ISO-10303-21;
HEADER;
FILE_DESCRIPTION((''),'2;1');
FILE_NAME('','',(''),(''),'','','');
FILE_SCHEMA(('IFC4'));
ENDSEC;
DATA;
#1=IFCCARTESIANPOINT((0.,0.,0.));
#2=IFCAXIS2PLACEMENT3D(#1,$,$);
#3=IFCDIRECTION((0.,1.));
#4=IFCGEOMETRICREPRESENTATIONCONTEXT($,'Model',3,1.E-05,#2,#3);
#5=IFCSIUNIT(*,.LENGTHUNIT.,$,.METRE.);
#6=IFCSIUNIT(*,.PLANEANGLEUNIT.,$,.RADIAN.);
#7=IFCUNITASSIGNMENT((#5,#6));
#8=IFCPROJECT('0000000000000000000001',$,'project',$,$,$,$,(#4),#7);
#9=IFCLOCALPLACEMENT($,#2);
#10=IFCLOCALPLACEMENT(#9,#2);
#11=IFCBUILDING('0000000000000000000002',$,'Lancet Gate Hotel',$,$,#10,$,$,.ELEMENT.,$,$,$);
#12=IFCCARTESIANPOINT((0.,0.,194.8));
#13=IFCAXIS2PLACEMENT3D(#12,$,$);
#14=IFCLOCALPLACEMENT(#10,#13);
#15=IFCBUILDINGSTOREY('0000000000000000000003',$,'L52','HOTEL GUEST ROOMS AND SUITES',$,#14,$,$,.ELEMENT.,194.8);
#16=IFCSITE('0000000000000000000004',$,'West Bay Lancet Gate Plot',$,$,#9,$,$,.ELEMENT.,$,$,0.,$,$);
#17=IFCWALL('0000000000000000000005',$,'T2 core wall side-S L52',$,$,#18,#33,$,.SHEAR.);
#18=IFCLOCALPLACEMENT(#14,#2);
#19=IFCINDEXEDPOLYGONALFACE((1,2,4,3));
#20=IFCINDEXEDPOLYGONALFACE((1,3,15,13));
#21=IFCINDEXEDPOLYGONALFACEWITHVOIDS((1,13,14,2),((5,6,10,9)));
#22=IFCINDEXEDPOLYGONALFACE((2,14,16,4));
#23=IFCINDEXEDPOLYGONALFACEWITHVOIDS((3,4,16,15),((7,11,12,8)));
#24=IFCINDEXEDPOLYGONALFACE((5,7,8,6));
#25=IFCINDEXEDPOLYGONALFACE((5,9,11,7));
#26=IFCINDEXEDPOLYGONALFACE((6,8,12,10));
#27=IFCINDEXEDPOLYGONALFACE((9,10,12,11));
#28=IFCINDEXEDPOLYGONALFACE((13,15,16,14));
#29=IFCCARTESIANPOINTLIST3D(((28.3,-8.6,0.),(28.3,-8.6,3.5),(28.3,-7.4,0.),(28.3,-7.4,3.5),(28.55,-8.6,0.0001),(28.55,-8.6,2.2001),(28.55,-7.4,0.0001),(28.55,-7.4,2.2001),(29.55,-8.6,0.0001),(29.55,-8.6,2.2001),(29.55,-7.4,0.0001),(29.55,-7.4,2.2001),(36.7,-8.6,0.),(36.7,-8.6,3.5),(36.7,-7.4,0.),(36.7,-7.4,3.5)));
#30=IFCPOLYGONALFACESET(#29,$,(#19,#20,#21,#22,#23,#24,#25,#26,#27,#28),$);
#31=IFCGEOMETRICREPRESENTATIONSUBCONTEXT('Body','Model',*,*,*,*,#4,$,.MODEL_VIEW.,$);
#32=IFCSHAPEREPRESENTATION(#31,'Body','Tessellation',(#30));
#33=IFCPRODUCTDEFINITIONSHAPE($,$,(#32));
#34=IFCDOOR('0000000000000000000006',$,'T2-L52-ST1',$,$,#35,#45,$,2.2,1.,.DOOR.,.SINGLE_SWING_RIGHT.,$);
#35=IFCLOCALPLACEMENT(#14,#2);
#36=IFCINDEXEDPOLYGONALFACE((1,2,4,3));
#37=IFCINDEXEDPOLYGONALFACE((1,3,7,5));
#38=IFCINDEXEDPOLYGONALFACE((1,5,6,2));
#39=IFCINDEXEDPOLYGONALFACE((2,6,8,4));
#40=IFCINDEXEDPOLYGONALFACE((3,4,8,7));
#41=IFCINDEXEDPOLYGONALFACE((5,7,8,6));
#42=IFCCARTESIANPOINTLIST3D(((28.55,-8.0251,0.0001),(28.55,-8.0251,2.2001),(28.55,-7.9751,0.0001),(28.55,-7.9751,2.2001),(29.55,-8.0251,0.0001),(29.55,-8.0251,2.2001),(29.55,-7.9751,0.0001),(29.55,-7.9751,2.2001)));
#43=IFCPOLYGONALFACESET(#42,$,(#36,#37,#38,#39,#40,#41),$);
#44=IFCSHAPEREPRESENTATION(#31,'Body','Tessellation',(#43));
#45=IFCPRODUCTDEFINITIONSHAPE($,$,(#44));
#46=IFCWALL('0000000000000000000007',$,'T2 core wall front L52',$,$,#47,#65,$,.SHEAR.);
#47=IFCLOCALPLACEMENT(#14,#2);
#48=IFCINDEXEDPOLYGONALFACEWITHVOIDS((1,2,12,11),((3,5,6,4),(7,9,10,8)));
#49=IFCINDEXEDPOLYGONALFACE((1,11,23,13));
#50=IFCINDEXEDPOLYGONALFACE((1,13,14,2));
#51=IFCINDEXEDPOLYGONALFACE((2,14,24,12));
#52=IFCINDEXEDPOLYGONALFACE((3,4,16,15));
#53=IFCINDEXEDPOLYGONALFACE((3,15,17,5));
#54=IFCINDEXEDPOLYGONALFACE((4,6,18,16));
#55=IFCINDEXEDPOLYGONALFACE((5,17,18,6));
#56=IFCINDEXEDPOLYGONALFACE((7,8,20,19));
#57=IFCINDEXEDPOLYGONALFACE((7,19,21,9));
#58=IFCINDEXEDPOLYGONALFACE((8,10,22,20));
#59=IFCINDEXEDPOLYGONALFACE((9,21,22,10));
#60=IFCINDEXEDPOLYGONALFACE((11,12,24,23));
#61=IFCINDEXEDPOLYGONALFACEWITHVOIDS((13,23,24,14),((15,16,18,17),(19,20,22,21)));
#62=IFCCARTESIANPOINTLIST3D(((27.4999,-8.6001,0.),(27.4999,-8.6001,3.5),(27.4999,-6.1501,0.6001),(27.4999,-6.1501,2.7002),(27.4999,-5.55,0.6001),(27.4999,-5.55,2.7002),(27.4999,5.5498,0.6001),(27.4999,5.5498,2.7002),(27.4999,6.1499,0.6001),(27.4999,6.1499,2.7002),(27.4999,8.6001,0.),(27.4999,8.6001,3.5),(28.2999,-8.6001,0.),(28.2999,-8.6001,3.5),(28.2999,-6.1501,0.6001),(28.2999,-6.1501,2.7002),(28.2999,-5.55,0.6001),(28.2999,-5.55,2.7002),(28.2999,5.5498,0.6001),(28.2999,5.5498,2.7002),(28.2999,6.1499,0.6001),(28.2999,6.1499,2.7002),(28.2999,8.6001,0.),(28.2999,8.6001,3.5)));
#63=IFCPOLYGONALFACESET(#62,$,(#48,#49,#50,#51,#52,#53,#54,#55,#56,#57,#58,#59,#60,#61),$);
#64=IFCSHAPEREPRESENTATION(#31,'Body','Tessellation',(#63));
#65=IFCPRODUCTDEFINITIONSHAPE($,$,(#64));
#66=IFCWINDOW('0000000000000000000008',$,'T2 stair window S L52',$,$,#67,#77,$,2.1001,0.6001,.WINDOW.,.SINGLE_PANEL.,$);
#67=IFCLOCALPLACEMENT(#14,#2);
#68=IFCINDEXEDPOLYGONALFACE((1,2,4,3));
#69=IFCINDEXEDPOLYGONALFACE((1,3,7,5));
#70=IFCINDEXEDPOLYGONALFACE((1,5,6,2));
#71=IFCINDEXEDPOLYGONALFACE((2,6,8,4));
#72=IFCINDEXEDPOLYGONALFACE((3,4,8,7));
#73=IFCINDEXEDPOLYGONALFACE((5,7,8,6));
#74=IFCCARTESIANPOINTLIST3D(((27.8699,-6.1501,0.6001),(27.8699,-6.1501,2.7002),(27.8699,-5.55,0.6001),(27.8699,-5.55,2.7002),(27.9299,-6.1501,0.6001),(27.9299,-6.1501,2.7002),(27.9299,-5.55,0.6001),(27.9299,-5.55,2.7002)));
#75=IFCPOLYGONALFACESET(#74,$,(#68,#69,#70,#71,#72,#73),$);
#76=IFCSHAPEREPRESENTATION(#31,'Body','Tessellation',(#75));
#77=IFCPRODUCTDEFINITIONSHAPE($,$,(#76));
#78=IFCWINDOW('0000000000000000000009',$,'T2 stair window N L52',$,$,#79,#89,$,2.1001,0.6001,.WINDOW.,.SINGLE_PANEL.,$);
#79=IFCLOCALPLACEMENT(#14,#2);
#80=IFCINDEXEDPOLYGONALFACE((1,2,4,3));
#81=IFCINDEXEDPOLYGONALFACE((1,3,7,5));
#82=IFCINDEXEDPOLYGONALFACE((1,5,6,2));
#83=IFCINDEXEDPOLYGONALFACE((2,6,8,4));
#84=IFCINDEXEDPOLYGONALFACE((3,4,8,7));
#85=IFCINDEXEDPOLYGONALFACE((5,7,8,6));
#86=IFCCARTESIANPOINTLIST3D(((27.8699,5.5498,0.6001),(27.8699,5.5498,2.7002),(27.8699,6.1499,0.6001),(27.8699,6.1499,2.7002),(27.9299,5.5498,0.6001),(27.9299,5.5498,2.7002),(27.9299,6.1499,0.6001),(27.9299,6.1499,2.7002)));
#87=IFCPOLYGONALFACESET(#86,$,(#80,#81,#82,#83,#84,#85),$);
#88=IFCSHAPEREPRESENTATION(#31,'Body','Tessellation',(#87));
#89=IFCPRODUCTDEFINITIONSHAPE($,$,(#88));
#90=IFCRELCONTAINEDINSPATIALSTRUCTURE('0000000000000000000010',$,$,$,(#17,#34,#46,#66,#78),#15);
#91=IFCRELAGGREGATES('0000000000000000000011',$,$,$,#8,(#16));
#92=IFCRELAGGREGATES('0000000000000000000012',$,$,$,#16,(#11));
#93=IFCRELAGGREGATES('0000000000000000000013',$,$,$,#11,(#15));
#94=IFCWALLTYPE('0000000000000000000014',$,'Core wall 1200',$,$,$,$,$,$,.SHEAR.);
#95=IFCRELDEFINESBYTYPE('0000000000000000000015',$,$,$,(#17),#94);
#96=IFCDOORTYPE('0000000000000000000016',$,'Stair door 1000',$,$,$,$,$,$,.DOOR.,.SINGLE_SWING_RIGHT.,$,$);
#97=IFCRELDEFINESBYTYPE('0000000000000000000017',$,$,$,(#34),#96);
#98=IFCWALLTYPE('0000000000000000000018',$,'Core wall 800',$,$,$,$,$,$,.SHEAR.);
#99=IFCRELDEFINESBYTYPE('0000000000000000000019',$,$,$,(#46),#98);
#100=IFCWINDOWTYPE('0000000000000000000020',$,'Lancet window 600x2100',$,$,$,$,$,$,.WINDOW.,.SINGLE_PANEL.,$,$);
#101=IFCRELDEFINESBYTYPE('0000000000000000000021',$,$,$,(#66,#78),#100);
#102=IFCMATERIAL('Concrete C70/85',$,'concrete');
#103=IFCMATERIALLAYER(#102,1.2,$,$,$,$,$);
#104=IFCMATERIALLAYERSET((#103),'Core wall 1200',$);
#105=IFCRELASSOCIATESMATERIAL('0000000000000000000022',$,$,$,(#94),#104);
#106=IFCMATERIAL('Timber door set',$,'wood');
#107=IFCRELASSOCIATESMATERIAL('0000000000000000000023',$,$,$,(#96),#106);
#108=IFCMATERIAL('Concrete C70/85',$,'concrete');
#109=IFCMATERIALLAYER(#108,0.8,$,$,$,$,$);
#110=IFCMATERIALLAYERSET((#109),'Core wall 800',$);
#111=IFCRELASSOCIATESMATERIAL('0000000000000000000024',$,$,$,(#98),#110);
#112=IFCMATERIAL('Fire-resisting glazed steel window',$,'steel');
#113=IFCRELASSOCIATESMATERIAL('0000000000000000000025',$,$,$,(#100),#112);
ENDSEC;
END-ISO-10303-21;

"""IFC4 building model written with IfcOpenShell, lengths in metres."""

from ifc_helpers import new_model, si_unit, direction, frame, frame_2d, origin, place, context, subcontext, project, spatial, rectangle, extrude, material, layer, layer_set, type_object, element, fill, save


model = new_model("IFC4")

# Units and contexts
model_context = context("Model", 3, precision=1e-05, world=origin(), true_north=direction((0.0, 1.0)))
body_context = subcontext(model_context, "Body", "Model", "MODEL_VIEW")
ifc_project = project(units=[si_unit("LENGTHUNIT", "METRE"), si_unit("PLANEANGLEUNIT", "RADIAN")], contexts=[model_context])

# Site, building, storey
site_placement = place(None, origin())
site = spatial("IfcSite", under=ifc_project, at=site_placement, Name="West Bay Lancet Gate Plot", CompositionType="ELEMENT", RefElevation=0.0)
building_placement = place(site_placement, origin())
building = spatial("IfcBuilding", under=site, at=building_placement, Name="Lancet Gate Hotel", CompositionType="ELEMENT")
storey_placement = place(building_placement, frame((0.0, 0.0, 194.8)))
storey = spatial("IfcBuildingStorey", under=building, at=storey_placement, Name="L52", Description="HOTEL GUEST ROOMS AND SUITES", CompositionType="ELEMENT", Elevation=194.8)

# Wall, opening, door
ifc_material_1 = material(Name="Concrete C70/85", Category="concrete")
ifc_layer_1 = layer(ifc_material_1, 1.2)
ifc_layer_set_1 = layer_set([ifc_layer_1], Name="Core wall 1200")
wall_type_1 = type_object("IfcWallType", Name="Core wall 1200", PredefinedType="SHEAR", material=ifc_layer_set_1)
wall_1_placement = place(storey_placement, frame((28.3, -8.0, 0.0), z_axis=(0.0, 0.0, 1.0), x_axis=(1.0, 0.0, 0.0)))
wall_1 = element("IfcWall", 1, at=wall_1_placement, inside=storey, type_object=wall_type_1, Name="T2 core wall side-S L52", PredefinedType="SHEAR", context=body_context, shape_type="SweptSolid", body=[
    extrude(rectangle(XDim=8.3999, YDim=1.2, at=frame_2d((4.2, 0.0))), origin(), (0.0, 0.0, 1.0), 3.5),
])
opening_1_placement = place(wall_1_placement, frame((0.25, 0.0, 0.0)))
opening_1 = element("IfcOpeningElement", 2, at=opening_1_placement, cuts=wall_1, PredefinedType="OPENING", context=body_context, shape_type="SweptSolid", body=[
    extrude(rectangle(XDim=1.0, YDim=2.2, at=frame_2d((0.5, 1.1001))), frame((0.0, 0.6099, 0.0), z_axis=(0.0, -1.0, 0.0), x_axis=(1.0, 0.0, 0.0)), (0.0, 0.0, 1.0), 1.22),
])
ifc_material_2 = material(Name="Timber door set", Category="wood")
door_type_1 = type_object("IfcDoorType", Name="Stair door 1000", OperationType="SINGLE_SWING_RIGHT", PredefinedType="DOOR", material=ifc_material_2)
door_1_placement = place(opening_1_placement, origin())
door_1 = element("IfcDoor", 3, at=door_1_placement, inside=storey, type_object=door_type_1, Name="T2-L52-ST1", OperationType="SINGLE_SWING_RIGHT", OverallHeight=2.2, OverallWidth=1.0, PredefinedType="DOOR", context=body_context, shape_type="SweptSolid", body=[
    extrude(rectangle(XDim=1.0, YDim=2.2, at=frame_2d((0.5, 1.1001))), frame((0.0, 0.0249, 0.0), z_axis=(0.0, -1.0, 0.0), x_axis=(1.0, 0.0, 0.0)), (0.0, 0.0, 1.0), 0.05),
])
fill(opening_1, door_1)

# Wall, openings, windows
ifc_material_3 = material(Name="Concrete C70/85", Category="concrete")
ifc_layer_2 = layer(ifc_material_3, 0.8)
ifc_layer_set_2 = layer_set([ifc_layer_2], Name="Core wall 800")
wall_type_2 = type_object("IfcWallType", Name="Core wall 800", PredefinedType="SHEAR", material=ifc_layer_set_2)
wall_2_placement = place(storey_placement, frame((27.8999, -8.6001, 0.0), z_axis=(0.0, 0.0, 1.0), x_axis=(0.0, 1.0, 0.0)))
wall_2 = element("IfcWall", 4, at=wall_2_placement, inside=storey, type_object=wall_type_2, Name="T2 core wall front L52", PredefinedType="SHEAR", context=body_context, shape_type="SweptSolid", body=[
    extrude(rectangle(XDim=17.2002, YDim=0.8, at=frame_2d((8.6001, 0.0))), origin(), (0.0, 0.0, 1.0), 3.5),
])
opening_2_placement = place(wall_2_placement, frame((2.45, 0.0, 0.6001)))
opening_2 = element("IfcOpeningElement", 5, at=opening_2_placement, cuts=wall_2, PredefinedType="OPENING", context=body_context, shape_type="SweptSolid", body=[
    extrude(rectangle(XDim=0.6001, YDim=2.1001, at=frame_2d((0.3, 1.05))), frame((0.0, 0.4099, 0.0), z_axis=(0.0, -1.0, 0.0), x_axis=(1.0, 0.0, 0.0)), (0.0, 0.0, 1.0), 0.8201),
])
opening_3_placement = place(wall_2_placement, frame((14.1499, 0.0, 0.6001)))
opening_3 = element("IfcOpeningElement", 6, at=opening_3_placement, cuts=wall_2, PredefinedType="OPENING", context=body_context, shape_type="SweptSolid", body=[
    extrude(rectangle(XDim=0.6001, YDim=2.1001, at=frame_2d((0.3, 1.05))), frame((0.0, 0.4099, 0.0), z_axis=(0.0, -1.0, 0.0), x_axis=(1.0, 0.0, 0.0)), (0.0, 0.0, 1.0), 0.8201),
])
ifc_material_4 = material(Name="Fire-resisting glazed steel window", Category="steel")
window_type = type_object("IfcWindowType", Name="Lancet window 600x2100", PartitioningType="SINGLE_PANEL", PredefinedType="WINDOW", material=ifc_material_4)
window_1_placement = place(opening_2_placement, origin())
window_1 = element("IfcWindow", 7, at=window_1_placement, inside=storey, type_object=window_type, Name="T2 stair window S L52", OverallHeight=2.1001, OverallWidth=0.6001, PartitioningType="SINGLE_PANEL", PredefinedType="WINDOW", context=body_context, shape_type="SweptSolid", body=[
    extrude(rectangle(XDim=0.6001, YDim=2.1001, at=frame_2d((0.3, 1.05))), frame((0.0, 0.03, 0.0), z_axis=(0.0, -1.0, 0.0), x_axis=(1.0, 0.0, 0.0)), (0.0, 0.0, 1.0), 0.0601),
])
fill(opening_2, window_1)
window_2_placement = place(opening_3_placement, origin())
window_2 = element("IfcWindow", 8, at=window_2_placement, inside=storey, type_object=window_type, Name="T2 stair window N L52", OverallHeight=2.1001, OverallWidth=0.6001, PartitioningType="SINGLE_PANEL", PredefinedType="WINDOW", context=body_context, shape_type="SweptSolid", body=[
    extrude(rectangle(XDim=0.6001, YDim=2.1001, at=frame_2d((0.3, 1.05))), frame((0.0, 0.03, 0.0), z_axis=(0.0, -1.0, 0.0), x_axis=(1.0, 0.0, 0.0)), (0.0, 0.0, 1.0), 0.0601),
])
fill(opening_3, window_2)

save(model, "model.ifc")
